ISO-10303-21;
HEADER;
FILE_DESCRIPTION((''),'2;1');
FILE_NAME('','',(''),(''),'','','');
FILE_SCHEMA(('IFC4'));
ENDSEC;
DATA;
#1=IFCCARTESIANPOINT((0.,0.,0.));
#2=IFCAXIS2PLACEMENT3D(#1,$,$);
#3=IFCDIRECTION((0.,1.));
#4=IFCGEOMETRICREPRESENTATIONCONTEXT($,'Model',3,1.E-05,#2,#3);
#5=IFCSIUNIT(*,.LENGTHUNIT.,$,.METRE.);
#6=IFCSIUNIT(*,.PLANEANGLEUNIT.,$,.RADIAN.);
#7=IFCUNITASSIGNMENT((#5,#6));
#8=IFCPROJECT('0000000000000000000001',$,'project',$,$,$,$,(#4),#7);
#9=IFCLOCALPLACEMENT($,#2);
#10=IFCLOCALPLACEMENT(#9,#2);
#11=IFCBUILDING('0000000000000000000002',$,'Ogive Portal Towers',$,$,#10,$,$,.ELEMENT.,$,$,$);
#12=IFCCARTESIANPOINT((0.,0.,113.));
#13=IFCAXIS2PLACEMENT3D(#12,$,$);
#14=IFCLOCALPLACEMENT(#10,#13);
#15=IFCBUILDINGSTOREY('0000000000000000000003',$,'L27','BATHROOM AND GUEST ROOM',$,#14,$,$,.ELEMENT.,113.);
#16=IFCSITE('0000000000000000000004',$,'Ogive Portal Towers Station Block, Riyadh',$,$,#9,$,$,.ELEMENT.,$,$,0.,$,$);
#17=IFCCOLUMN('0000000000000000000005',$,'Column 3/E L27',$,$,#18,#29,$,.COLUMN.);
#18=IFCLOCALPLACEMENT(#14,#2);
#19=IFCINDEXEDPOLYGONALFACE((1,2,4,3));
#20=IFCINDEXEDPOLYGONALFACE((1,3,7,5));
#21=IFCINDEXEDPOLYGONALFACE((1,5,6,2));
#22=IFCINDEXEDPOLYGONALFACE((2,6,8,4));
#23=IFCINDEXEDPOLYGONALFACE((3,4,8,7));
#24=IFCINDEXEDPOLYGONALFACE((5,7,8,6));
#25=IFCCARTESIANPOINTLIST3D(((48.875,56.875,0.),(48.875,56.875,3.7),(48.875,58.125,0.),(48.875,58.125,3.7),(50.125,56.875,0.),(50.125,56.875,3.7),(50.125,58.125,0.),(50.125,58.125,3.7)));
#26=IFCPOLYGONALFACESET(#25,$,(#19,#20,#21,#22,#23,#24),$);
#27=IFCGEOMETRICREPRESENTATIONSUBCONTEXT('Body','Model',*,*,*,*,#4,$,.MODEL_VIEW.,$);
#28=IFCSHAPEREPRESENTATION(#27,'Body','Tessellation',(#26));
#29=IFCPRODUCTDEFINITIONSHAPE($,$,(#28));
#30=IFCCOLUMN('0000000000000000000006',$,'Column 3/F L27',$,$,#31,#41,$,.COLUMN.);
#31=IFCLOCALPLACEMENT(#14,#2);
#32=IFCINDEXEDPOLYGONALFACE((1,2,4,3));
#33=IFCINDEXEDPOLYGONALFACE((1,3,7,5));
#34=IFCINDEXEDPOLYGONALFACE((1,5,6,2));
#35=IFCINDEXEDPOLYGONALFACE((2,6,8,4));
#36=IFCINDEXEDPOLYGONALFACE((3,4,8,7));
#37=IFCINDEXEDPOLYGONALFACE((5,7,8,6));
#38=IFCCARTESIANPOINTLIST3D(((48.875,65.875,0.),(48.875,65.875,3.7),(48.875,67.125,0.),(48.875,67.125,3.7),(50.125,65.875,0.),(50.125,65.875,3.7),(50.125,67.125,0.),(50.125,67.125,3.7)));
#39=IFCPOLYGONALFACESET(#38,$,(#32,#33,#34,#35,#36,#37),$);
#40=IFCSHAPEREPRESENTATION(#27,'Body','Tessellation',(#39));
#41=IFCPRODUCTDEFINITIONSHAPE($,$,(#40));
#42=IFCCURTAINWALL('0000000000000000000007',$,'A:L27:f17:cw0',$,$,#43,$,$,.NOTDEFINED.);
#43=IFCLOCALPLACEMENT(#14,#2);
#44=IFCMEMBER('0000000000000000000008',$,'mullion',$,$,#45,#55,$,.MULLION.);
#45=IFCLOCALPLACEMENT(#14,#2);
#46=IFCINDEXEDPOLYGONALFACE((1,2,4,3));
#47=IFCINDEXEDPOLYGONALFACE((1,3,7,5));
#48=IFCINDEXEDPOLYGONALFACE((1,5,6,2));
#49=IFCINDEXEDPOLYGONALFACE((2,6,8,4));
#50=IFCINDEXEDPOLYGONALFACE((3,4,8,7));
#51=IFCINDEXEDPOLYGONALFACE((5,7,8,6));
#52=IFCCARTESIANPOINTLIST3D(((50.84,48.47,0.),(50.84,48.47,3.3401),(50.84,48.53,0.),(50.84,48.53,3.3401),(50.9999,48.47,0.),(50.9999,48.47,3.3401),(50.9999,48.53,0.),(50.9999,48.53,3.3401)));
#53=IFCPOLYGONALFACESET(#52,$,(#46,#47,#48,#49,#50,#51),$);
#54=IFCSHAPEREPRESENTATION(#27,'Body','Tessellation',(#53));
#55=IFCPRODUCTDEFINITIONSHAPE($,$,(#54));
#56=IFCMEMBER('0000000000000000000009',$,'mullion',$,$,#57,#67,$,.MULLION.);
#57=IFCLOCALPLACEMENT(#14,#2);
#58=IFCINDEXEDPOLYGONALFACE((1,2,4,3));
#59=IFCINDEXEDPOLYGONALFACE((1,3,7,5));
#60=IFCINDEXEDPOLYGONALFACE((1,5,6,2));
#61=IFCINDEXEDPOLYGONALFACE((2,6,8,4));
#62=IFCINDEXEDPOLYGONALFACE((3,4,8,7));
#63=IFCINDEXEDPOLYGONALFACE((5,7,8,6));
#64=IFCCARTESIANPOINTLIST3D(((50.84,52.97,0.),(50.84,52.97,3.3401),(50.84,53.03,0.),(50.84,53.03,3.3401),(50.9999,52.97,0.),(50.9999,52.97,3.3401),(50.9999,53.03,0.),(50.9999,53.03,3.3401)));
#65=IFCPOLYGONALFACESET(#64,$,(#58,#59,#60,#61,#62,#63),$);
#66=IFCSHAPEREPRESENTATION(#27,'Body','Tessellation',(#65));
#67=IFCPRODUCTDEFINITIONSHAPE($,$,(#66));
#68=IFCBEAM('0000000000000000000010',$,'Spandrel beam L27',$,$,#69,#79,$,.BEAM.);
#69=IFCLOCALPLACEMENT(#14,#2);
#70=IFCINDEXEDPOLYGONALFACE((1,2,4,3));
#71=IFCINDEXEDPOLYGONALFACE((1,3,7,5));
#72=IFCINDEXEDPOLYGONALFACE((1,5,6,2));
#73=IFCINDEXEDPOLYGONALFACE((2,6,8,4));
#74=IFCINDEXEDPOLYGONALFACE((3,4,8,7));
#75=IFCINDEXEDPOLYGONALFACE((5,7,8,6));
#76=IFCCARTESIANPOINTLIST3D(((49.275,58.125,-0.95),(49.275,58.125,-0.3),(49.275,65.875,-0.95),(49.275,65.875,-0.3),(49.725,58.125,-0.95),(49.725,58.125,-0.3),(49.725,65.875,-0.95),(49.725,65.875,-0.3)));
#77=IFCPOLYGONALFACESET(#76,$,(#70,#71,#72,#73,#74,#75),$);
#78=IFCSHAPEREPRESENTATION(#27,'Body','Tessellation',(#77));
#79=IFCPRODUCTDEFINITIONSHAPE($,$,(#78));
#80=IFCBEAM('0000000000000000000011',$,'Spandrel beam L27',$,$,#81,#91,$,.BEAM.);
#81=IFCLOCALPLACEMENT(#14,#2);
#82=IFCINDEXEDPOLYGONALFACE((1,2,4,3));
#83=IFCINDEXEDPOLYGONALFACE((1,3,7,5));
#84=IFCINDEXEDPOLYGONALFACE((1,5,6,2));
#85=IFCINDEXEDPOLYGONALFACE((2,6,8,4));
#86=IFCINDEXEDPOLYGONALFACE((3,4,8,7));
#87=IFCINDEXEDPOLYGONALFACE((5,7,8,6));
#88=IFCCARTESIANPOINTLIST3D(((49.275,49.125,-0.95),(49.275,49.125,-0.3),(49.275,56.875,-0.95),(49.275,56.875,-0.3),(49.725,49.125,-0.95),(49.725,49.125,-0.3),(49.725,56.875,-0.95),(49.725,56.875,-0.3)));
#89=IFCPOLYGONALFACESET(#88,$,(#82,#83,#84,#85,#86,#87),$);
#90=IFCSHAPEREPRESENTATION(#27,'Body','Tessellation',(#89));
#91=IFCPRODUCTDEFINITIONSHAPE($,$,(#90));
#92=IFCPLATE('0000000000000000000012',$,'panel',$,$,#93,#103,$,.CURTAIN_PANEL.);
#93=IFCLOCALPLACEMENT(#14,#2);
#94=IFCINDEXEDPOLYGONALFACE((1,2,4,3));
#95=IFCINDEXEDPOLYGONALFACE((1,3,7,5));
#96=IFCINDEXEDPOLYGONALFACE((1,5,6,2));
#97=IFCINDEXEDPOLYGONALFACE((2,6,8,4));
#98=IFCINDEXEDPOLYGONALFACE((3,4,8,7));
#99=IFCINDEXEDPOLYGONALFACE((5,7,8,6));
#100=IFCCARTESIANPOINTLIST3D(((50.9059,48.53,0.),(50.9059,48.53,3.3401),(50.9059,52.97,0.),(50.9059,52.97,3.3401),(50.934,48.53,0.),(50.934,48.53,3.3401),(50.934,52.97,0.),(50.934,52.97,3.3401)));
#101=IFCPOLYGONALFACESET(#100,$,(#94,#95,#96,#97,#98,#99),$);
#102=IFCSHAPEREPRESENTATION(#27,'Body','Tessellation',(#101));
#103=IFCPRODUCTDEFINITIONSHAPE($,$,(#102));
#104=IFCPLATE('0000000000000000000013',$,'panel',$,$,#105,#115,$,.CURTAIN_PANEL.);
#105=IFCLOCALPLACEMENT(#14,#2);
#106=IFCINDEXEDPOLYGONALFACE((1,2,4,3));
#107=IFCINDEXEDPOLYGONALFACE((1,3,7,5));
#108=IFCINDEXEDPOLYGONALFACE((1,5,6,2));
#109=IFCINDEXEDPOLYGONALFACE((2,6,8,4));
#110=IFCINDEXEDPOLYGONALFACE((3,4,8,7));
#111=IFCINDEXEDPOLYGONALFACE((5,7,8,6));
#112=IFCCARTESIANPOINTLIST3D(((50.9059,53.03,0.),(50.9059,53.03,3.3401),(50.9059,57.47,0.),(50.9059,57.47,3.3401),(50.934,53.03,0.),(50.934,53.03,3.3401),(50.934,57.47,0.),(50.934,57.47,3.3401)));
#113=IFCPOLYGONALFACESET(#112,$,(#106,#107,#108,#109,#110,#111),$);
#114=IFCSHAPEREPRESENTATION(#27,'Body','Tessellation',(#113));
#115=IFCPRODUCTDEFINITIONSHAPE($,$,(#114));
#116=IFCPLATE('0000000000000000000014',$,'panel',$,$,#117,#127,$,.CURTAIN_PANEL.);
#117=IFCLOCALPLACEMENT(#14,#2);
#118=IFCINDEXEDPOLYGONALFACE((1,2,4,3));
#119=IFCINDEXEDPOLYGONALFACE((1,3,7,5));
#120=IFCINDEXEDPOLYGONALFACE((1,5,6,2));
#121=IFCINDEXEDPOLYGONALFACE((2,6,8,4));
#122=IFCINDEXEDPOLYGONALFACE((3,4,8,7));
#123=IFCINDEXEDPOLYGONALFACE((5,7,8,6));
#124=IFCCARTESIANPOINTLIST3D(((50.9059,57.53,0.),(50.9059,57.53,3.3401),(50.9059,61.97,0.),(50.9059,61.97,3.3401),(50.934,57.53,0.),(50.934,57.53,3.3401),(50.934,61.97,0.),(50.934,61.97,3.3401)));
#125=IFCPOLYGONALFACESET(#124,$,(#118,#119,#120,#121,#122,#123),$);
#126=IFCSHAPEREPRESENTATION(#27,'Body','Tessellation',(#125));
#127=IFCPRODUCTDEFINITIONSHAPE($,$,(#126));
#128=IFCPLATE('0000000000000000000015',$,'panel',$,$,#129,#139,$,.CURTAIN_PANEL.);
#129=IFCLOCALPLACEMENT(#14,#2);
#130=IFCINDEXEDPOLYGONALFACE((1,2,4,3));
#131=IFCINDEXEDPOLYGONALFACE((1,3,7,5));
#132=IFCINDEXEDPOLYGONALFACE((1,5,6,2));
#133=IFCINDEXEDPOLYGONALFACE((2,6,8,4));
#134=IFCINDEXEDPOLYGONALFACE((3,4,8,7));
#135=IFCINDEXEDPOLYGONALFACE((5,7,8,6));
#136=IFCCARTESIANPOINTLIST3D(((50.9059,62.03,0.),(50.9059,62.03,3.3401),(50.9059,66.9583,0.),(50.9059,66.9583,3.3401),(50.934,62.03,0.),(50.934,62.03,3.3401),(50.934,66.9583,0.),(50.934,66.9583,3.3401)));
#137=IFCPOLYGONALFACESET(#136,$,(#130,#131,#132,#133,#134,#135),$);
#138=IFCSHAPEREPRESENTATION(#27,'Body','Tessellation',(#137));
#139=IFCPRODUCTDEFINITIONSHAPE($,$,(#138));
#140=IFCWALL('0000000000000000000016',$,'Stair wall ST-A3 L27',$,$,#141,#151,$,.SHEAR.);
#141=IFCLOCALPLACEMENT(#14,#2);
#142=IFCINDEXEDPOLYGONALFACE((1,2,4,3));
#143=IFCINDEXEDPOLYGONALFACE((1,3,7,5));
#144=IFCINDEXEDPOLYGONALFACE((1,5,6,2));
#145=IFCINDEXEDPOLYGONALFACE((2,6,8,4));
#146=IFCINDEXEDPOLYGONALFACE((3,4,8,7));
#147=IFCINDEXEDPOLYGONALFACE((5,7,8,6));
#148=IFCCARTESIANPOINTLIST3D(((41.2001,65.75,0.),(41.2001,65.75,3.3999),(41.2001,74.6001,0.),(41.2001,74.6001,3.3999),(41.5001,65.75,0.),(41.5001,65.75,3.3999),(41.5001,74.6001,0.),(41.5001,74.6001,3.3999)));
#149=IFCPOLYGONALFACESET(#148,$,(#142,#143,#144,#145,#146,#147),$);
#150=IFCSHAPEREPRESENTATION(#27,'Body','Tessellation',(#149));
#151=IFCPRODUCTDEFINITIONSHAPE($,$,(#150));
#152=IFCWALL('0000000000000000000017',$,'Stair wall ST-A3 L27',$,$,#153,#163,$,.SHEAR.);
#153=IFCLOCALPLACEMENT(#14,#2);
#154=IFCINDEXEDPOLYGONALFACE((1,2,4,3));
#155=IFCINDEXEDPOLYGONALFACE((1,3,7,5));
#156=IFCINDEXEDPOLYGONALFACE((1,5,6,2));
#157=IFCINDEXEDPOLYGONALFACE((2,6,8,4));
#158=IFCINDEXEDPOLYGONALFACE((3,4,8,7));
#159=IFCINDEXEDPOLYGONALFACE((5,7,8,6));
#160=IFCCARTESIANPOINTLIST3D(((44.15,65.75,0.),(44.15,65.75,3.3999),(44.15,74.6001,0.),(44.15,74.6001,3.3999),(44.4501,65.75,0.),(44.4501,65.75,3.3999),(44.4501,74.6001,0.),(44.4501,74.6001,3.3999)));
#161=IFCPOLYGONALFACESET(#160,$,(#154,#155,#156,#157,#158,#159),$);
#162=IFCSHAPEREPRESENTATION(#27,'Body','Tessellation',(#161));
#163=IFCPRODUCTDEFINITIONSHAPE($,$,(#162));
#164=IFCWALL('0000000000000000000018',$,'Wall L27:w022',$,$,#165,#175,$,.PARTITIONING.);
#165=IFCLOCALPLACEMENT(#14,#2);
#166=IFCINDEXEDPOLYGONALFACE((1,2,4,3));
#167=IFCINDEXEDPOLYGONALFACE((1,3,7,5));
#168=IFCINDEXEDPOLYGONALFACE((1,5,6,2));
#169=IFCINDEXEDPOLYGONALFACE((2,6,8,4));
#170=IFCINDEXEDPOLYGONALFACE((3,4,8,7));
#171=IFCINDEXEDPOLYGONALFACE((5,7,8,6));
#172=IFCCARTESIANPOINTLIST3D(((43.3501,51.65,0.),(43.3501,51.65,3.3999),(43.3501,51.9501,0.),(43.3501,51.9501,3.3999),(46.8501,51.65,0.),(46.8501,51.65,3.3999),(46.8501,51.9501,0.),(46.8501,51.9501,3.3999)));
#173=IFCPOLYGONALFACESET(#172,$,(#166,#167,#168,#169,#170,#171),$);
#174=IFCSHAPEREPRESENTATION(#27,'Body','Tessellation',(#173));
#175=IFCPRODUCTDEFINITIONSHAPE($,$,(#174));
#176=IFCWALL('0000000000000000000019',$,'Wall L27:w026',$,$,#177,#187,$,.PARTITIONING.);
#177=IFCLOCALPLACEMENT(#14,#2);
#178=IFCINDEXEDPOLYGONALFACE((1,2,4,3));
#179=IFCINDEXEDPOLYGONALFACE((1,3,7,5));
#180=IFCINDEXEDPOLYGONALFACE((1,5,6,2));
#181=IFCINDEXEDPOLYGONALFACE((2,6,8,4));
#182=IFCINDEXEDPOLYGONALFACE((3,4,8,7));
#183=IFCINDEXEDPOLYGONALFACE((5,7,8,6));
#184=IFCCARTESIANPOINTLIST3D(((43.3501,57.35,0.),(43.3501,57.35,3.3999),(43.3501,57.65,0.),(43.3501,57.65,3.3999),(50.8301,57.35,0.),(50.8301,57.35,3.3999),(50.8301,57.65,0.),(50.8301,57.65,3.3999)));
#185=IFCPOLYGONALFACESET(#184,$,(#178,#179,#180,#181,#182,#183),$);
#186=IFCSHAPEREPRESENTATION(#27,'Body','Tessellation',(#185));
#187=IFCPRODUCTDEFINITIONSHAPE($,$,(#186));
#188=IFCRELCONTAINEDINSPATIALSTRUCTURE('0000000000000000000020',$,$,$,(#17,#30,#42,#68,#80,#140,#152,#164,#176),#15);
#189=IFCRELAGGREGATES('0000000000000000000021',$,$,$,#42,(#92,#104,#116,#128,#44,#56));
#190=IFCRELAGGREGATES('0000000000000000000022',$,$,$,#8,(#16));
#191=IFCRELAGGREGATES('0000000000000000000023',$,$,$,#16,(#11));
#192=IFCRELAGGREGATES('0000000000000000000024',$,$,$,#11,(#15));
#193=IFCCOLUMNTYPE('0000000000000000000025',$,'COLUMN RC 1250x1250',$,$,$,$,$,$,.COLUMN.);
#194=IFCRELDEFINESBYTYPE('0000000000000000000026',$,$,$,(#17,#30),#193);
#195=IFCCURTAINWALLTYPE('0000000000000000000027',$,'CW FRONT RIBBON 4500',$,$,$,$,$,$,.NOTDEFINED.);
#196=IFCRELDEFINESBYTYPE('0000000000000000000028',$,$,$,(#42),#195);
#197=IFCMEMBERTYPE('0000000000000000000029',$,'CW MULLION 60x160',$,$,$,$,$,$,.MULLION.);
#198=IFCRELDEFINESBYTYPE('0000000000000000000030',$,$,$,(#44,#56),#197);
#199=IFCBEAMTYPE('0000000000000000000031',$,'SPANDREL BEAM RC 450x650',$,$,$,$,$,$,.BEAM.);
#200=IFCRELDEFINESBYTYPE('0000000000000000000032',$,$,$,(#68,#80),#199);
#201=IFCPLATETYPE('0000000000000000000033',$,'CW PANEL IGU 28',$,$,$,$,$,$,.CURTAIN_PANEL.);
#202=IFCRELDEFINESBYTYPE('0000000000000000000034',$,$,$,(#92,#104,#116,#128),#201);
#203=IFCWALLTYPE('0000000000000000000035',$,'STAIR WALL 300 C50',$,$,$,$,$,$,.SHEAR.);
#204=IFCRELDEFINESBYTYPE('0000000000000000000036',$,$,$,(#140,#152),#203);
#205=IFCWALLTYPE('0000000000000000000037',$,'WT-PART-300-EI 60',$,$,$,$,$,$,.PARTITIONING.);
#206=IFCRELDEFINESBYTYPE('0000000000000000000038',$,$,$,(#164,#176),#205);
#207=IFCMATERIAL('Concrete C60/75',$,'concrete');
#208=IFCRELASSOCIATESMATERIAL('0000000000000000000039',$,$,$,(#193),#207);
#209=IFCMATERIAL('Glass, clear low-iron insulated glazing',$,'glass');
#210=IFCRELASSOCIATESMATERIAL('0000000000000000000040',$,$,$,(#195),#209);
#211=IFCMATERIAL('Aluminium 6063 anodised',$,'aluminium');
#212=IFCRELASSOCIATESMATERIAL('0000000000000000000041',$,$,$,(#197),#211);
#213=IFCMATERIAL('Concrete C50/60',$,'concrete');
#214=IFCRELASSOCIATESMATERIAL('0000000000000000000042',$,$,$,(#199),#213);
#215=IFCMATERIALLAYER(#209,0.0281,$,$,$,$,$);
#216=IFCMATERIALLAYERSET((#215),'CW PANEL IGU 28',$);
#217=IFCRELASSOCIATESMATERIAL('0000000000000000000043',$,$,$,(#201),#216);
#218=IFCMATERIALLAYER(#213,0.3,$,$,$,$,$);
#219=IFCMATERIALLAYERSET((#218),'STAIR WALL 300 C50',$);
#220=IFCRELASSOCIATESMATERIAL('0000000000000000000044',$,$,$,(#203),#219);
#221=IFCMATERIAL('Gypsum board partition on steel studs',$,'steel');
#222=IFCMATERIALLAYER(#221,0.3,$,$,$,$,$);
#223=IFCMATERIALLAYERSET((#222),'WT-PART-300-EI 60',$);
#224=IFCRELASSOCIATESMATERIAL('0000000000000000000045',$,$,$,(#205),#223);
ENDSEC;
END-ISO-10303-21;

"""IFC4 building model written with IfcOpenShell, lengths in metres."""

from ifc_helpers import new_model, si_unit, direction, frame, frame_2d, origin, origin_2d, place, context, subcontext, project, spatial, rectangle, extrude, material, layer, layer_set, material_profile, profile_set, type_object, element, aggregate, save


model = new_model("IFC4")

# Units and contexts
model_context = context("Model", 3, precision=1e-05, world=origin(), true_north=direction((0.0, 1.0)))
body_context = subcontext(model_context, "Body", "Model", "MODEL_VIEW")
ifc_project = project(units=[si_unit("LENGTHUNIT", "METRE"), si_unit("PLANEANGLEUNIT", "RADIAN")], contexts=[model_context])

# Site, building, storey
site_placement = place(None, origin())
site = spatial("IfcSite", under=ifc_project, at=site_placement, Name="Ogive Portal Towers Station Block, Riyadh", CompositionType="ELEMENT", RefElevation=0.0)
building_placement = place(site_placement, origin())
building = spatial("IfcBuilding", under=site, at=building_placement, Name="Ogive Portal Towers", CompositionType="ELEMENT")
storey_placement = place(building_placement, frame((0.0, 0.0, 113.0)))
storey = spatial("IfcBuildingStorey", under=building, at=storey_placement, Name="L27", Description="BATHROOM AND GUEST ROOM", CompositionType="ELEMENT", Elevation=113.0)

# Columns
ifc_material_1 = material(Name="Concrete C60/75", Category="concrete")
ifc_material_profile_1 = material_profile(ifc_material_1, rectangle(XDim=1.25, YDim=1.25, at=origin_2d()), Name="RC 1250x1250")
ifc_profile_set_1 = profile_set([ifc_material_profile_1], Name="Concrete C60/75")
column_type = type_object("IfcColumnType", Name="COLUMN RC 1250x1250", PredefinedType="COLUMN", material=ifc_profile_set_1)
for number, where, z_axis, x_axis, name in (
    (1, (49.5, 57.5, 0.0), (0.0, 0.0, 1.0), (1.0, 0.0, 0.0), "Column 3/E L27"),
    (2, (49.5, 66.5, 0.0), (0.0, 0.0, 1.0), (1.0, 0.0, 0.0), "Column 3/F L27"),
):
    element("IfcColumn", number, at=place(storey_placement, frame(where, z_axis=z_axis, x_axis=x_axis)), inside=storey, type_object=column_type, Name=name, PredefinedType="COLUMN", context=body_context, shape_type="SweptSolid", body=[
        extrude(rectangle(XDim=1.25, YDim=1.25, at=origin_2d()), origin(), (0.0, 0.0, 1.0), 3.7),
    ])

# Curtain wall, members
ifc_material_2 = material(Name="Glass, clear low-iron insulated glazing", Category="glass")
curtain_wall_type = type_object("IfcCurtainWallType", Name="CW FRONT RIBBON 4500", PredefinedType="NOTDEFINED", material=ifc_material_2)
curtain_wall_placement = place(storey_placement, origin())
curtain_wall = element("IfcCurtainWall", 3, at=curtain_wall_placement, inside=storey, type_object=curtain_wall_type, Name="A:L27:f17:cw0", PredefinedType="NOTDEFINED")
ifc_material_3 = material(Name="Aluminium 6063 anodised", Category="aluminium")
ifc_material_profile_2 = material_profile(ifc_material_3, rectangle(XDim=0.1599, YDim=0.0601, at=origin_2d()), Name="AL 60x160")
ifc_profile_set_2 = profile_set([ifc_material_profile_2], Name="Aluminium 6063 anodised")
member_type = type_object("IfcMemberType", Name="CW MULLION 60x160", PredefinedType="MULLION", material=ifc_profile_set_2)
member_1_placement = place(storey_placement, frame((50.9199, 48.5, 0.0), z_axis=(0.0, 0.0, 1.0), x_axis=(-1.0, 0.0, 0.0)))
member_1 = element("IfcMember", 4, at=member_1_placement, type_object=member_type, Name="mullion", PredefinedType="MULLION", context=body_context, shape_type="SweptSolid", body=[
    extrude(rectangle(XDim=0.1599, YDim=0.0601, at=origin_2d()), origin(), (0.0, 0.0, 1.0), 3.3401),
])
member_2_placement = place(storey_placement, frame((50.9199, 53.0, 0.0), z_axis=(0.0, 0.0, 1.0), x_axis=(-1.0, 0.0, 0.0)))
member_2 = element("IfcMember", 5, at=member_2_placement, type_object=member_type, Name="mullion", PredefinedType="MULLION", context=body_context, shape_type="SweptSolid", body=[
    extrude(rectangle(XDim=0.1599, YDim=0.0601, at=origin_2d()), origin(), (0.0, 0.0, 1.0), 3.3401),
])

# Beams
ifc_material_4 = material(Name="Concrete C50/60", Category="concrete")
ifc_material_profile_3 = material_profile(ifc_material_4, rectangle(XDim=0.45, YDim=0.6499, at=origin_2d()), Name="RC 450x650")
ifc_profile_set_3 = profile_set([ifc_material_profile_3], Name="Concrete C50/60")
beam_type = type_object("IfcBeamType", Name="SPANDREL BEAM RC 450x650", PredefinedType="BEAM", material=ifc_profile_set_3)
for number, where, z_axis, x_axis, name in (
    (6, (49.5, 65.875, -0.625), (0.0, -1.0, 0.0), (1.0, 0.0, 0.0), "Spandrel beam L27"),
    (7, (49.5, 56.875, -0.625), (0.0, -1.0, 0.0), (1.0, 0.0, 0.0), "Spandrel beam L27"),
):
    element("IfcBeam", number, at=place(storey_placement, frame(where, z_axis=z_axis, x_axis=x_axis)), inside=storey, type_object=beam_type, Name=name, PredefinedType="BEAM", context=body_context, shape_type="SweptSolid", body=[
        extrude(rectangle(XDim=0.45, YDim=0.6499, at=origin_2d()), origin(), (0.0, 0.0, 1.0), 7.75),
    ])

# Plates
ifc_layer_1 = layer(ifc_material_2, 0.0281)
ifc_layer_set_1 = layer_set([ifc_layer_1], Name="CW PANEL IGU 28")
plate_type = type_object("IfcPlateType", Name="CW PANEL IGU 28", PredefinedType="CURTAIN_PANEL", material=ifc_layer_set_1)
plate_1_placement = place(storey_placement, frame((50.9199, 50.75, 0.0), z_axis=(0.0, 0.0, 1.0), x_axis=(0.0, 1.0, 0.0)))
plate_1 = element("IfcPlate", 8, at=plate_1_placement, type_object=plate_type, Name="panel", PredefinedType="CURTAIN_PANEL", context=body_context, shape_type="SweptSolid", body=[
    extrude(rectangle(XDim=4.4399, YDim=0.0281, at=origin_2d()), origin(), (0.0, 0.0, 1.0), 3.3401),
])
plate_2_placement = place(storey_placement, frame((50.9199, 55.25, 0.0), z_axis=(0.0, 0.0, 1.0), x_axis=(0.0, 1.0, 0.0)))
plate_2 = element("IfcPlate", 9, at=plate_2_placement, type_object=plate_type, Name="panel", PredefinedType="CURTAIN_PANEL", context=body_context, shape_type="SweptSolid", body=[
    extrude(rectangle(XDim=4.4399, YDim=0.0281, at=origin_2d()), origin(), (0.0, 0.0, 1.0), 3.3401),
])
plate_3_placement = place(storey_placement, frame((50.9199, 59.75, 0.0), z_axis=(0.0, 0.0, 1.0), x_axis=(0.0, 1.0, 0.0)))
plate_3 = element("IfcPlate", 10, at=plate_3_placement, type_object=plate_type, Name="panel", PredefinedType="CURTAIN_PANEL", context=body_context, shape_type="SweptSolid", body=[
    extrude(rectangle(XDim=4.4399, YDim=0.0281, at=origin_2d()), origin(), (0.0, 0.0, 1.0), 3.3401),
])
plate_4_placement = place(storey_placement, frame((50.9199, 64.4941, 0.0), z_axis=(0.0, 0.0, 1.0), x_axis=(0.0, 1.0, 0.0)))
plate_4 = element("IfcPlate", 11, at=plate_4_placement, type_object=plate_type, Name="panel", PredefinedType="CURTAIN_PANEL", context=body_context, shape_type="SweptSolid", body=[
    extrude(rectangle(XDim=4.9282, YDim=0.0281, at=origin_2d()), origin(), (0.0, 0.0, 1.0), 3.3401),
])
aggregate(curtain_wall, [plate_1, plate_2, plate_3, plate_4, member_1, member_2])

# Walls
ifc_layer_2 = layer(ifc_material_4, 0.3)
ifc_layer_set_2 = layer_set([ifc_layer_2], Name="STAIR WALL 300 C50")
wall_type_1 = type_object("IfcWallType", Name="STAIR WALL 300 C50", PredefinedType="SHEAR", material=ifc_layer_set_2)
for number, where, z_axis, x_axis, name in (
    (12, (41.3501, 65.75, 0.0), (0.0, 0.0, 1.0), (0.0, 1.0, 0.0), "Stair wall ST-A3 L27"),
    (13, (44.3, 65.75, 0.0), (0.0, 0.0, 1.0), (0.0, 1.0, 0.0), "Stair wall ST-A3 L27"),
):
    element("IfcWall", number, at=place(storey_placement, frame(where, z_axis=z_axis, x_axis=x_axis)), inside=storey, type_object=wall_type_1, Name=name, PredefinedType="SHEAR", context=body_context, shape_type="SweptSolid", body=[
        extrude(rectangle(XDim=8.8501, YDim=0.3, at=frame_2d((4.425, 0.0))), origin(), (0.0, 0.0, 1.0), 3.3999),
    ])
ifc_material_5 = material(Name="Gypsum board partition on steel studs", Category="steel")
ifc_layer_3 = layer(ifc_material_5, 0.3)
ifc_layer_set_3 = layer_set([ifc_layer_3], Name="WT-PART-300-EI 60")
wall_type_2 = type_object("IfcWallType", Name="WT-PART-300-EI 60", PredefinedType="PARTITIONING", material=ifc_layer_set_3)
wall_1_placement = place(storey_placement, frame((43.3501, 51.8, 0.0), z_axis=(0.0, 0.0, 1.0), x_axis=(1.0, 0.0, 0.0)))
element("IfcWall", 14, at=wall_1_placement, inside=storey, type_object=wall_type_2, Name="Wall L27:w022", PredefinedType="PARTITIONING", context=body_context, shape_type="SweptSolid", body=[
    extrude(rectangle(XDim=3.5, YDim=0.3, at=frame_2d((1.75, 0.0))), origin(), (0.0, 0.0, 1.0), 3.3999),
])
wall_2_placement = place(storey_placement, frame((43.3501, 57.5, 0.0), z_axis=(0.0, 0.0, 1.0), x_axis=(1.0, 0.0, 0.0)))
element("IfcWall", 15, at=wall_2_placement, inside=storey, type_object=wall_type_2, Name="Wall L27:w026", PredefinedType="PARTITIONING", context=body_context, shape_type="SweptSolid", body=[
    extrude(rectangle(XDim=7.48, YDim=0.3, at=frame_2d((3.74, 0.0))), origin(), (0.0, 0.0, 1.0), 3.3999),
])

save(model, "model.ifc")
